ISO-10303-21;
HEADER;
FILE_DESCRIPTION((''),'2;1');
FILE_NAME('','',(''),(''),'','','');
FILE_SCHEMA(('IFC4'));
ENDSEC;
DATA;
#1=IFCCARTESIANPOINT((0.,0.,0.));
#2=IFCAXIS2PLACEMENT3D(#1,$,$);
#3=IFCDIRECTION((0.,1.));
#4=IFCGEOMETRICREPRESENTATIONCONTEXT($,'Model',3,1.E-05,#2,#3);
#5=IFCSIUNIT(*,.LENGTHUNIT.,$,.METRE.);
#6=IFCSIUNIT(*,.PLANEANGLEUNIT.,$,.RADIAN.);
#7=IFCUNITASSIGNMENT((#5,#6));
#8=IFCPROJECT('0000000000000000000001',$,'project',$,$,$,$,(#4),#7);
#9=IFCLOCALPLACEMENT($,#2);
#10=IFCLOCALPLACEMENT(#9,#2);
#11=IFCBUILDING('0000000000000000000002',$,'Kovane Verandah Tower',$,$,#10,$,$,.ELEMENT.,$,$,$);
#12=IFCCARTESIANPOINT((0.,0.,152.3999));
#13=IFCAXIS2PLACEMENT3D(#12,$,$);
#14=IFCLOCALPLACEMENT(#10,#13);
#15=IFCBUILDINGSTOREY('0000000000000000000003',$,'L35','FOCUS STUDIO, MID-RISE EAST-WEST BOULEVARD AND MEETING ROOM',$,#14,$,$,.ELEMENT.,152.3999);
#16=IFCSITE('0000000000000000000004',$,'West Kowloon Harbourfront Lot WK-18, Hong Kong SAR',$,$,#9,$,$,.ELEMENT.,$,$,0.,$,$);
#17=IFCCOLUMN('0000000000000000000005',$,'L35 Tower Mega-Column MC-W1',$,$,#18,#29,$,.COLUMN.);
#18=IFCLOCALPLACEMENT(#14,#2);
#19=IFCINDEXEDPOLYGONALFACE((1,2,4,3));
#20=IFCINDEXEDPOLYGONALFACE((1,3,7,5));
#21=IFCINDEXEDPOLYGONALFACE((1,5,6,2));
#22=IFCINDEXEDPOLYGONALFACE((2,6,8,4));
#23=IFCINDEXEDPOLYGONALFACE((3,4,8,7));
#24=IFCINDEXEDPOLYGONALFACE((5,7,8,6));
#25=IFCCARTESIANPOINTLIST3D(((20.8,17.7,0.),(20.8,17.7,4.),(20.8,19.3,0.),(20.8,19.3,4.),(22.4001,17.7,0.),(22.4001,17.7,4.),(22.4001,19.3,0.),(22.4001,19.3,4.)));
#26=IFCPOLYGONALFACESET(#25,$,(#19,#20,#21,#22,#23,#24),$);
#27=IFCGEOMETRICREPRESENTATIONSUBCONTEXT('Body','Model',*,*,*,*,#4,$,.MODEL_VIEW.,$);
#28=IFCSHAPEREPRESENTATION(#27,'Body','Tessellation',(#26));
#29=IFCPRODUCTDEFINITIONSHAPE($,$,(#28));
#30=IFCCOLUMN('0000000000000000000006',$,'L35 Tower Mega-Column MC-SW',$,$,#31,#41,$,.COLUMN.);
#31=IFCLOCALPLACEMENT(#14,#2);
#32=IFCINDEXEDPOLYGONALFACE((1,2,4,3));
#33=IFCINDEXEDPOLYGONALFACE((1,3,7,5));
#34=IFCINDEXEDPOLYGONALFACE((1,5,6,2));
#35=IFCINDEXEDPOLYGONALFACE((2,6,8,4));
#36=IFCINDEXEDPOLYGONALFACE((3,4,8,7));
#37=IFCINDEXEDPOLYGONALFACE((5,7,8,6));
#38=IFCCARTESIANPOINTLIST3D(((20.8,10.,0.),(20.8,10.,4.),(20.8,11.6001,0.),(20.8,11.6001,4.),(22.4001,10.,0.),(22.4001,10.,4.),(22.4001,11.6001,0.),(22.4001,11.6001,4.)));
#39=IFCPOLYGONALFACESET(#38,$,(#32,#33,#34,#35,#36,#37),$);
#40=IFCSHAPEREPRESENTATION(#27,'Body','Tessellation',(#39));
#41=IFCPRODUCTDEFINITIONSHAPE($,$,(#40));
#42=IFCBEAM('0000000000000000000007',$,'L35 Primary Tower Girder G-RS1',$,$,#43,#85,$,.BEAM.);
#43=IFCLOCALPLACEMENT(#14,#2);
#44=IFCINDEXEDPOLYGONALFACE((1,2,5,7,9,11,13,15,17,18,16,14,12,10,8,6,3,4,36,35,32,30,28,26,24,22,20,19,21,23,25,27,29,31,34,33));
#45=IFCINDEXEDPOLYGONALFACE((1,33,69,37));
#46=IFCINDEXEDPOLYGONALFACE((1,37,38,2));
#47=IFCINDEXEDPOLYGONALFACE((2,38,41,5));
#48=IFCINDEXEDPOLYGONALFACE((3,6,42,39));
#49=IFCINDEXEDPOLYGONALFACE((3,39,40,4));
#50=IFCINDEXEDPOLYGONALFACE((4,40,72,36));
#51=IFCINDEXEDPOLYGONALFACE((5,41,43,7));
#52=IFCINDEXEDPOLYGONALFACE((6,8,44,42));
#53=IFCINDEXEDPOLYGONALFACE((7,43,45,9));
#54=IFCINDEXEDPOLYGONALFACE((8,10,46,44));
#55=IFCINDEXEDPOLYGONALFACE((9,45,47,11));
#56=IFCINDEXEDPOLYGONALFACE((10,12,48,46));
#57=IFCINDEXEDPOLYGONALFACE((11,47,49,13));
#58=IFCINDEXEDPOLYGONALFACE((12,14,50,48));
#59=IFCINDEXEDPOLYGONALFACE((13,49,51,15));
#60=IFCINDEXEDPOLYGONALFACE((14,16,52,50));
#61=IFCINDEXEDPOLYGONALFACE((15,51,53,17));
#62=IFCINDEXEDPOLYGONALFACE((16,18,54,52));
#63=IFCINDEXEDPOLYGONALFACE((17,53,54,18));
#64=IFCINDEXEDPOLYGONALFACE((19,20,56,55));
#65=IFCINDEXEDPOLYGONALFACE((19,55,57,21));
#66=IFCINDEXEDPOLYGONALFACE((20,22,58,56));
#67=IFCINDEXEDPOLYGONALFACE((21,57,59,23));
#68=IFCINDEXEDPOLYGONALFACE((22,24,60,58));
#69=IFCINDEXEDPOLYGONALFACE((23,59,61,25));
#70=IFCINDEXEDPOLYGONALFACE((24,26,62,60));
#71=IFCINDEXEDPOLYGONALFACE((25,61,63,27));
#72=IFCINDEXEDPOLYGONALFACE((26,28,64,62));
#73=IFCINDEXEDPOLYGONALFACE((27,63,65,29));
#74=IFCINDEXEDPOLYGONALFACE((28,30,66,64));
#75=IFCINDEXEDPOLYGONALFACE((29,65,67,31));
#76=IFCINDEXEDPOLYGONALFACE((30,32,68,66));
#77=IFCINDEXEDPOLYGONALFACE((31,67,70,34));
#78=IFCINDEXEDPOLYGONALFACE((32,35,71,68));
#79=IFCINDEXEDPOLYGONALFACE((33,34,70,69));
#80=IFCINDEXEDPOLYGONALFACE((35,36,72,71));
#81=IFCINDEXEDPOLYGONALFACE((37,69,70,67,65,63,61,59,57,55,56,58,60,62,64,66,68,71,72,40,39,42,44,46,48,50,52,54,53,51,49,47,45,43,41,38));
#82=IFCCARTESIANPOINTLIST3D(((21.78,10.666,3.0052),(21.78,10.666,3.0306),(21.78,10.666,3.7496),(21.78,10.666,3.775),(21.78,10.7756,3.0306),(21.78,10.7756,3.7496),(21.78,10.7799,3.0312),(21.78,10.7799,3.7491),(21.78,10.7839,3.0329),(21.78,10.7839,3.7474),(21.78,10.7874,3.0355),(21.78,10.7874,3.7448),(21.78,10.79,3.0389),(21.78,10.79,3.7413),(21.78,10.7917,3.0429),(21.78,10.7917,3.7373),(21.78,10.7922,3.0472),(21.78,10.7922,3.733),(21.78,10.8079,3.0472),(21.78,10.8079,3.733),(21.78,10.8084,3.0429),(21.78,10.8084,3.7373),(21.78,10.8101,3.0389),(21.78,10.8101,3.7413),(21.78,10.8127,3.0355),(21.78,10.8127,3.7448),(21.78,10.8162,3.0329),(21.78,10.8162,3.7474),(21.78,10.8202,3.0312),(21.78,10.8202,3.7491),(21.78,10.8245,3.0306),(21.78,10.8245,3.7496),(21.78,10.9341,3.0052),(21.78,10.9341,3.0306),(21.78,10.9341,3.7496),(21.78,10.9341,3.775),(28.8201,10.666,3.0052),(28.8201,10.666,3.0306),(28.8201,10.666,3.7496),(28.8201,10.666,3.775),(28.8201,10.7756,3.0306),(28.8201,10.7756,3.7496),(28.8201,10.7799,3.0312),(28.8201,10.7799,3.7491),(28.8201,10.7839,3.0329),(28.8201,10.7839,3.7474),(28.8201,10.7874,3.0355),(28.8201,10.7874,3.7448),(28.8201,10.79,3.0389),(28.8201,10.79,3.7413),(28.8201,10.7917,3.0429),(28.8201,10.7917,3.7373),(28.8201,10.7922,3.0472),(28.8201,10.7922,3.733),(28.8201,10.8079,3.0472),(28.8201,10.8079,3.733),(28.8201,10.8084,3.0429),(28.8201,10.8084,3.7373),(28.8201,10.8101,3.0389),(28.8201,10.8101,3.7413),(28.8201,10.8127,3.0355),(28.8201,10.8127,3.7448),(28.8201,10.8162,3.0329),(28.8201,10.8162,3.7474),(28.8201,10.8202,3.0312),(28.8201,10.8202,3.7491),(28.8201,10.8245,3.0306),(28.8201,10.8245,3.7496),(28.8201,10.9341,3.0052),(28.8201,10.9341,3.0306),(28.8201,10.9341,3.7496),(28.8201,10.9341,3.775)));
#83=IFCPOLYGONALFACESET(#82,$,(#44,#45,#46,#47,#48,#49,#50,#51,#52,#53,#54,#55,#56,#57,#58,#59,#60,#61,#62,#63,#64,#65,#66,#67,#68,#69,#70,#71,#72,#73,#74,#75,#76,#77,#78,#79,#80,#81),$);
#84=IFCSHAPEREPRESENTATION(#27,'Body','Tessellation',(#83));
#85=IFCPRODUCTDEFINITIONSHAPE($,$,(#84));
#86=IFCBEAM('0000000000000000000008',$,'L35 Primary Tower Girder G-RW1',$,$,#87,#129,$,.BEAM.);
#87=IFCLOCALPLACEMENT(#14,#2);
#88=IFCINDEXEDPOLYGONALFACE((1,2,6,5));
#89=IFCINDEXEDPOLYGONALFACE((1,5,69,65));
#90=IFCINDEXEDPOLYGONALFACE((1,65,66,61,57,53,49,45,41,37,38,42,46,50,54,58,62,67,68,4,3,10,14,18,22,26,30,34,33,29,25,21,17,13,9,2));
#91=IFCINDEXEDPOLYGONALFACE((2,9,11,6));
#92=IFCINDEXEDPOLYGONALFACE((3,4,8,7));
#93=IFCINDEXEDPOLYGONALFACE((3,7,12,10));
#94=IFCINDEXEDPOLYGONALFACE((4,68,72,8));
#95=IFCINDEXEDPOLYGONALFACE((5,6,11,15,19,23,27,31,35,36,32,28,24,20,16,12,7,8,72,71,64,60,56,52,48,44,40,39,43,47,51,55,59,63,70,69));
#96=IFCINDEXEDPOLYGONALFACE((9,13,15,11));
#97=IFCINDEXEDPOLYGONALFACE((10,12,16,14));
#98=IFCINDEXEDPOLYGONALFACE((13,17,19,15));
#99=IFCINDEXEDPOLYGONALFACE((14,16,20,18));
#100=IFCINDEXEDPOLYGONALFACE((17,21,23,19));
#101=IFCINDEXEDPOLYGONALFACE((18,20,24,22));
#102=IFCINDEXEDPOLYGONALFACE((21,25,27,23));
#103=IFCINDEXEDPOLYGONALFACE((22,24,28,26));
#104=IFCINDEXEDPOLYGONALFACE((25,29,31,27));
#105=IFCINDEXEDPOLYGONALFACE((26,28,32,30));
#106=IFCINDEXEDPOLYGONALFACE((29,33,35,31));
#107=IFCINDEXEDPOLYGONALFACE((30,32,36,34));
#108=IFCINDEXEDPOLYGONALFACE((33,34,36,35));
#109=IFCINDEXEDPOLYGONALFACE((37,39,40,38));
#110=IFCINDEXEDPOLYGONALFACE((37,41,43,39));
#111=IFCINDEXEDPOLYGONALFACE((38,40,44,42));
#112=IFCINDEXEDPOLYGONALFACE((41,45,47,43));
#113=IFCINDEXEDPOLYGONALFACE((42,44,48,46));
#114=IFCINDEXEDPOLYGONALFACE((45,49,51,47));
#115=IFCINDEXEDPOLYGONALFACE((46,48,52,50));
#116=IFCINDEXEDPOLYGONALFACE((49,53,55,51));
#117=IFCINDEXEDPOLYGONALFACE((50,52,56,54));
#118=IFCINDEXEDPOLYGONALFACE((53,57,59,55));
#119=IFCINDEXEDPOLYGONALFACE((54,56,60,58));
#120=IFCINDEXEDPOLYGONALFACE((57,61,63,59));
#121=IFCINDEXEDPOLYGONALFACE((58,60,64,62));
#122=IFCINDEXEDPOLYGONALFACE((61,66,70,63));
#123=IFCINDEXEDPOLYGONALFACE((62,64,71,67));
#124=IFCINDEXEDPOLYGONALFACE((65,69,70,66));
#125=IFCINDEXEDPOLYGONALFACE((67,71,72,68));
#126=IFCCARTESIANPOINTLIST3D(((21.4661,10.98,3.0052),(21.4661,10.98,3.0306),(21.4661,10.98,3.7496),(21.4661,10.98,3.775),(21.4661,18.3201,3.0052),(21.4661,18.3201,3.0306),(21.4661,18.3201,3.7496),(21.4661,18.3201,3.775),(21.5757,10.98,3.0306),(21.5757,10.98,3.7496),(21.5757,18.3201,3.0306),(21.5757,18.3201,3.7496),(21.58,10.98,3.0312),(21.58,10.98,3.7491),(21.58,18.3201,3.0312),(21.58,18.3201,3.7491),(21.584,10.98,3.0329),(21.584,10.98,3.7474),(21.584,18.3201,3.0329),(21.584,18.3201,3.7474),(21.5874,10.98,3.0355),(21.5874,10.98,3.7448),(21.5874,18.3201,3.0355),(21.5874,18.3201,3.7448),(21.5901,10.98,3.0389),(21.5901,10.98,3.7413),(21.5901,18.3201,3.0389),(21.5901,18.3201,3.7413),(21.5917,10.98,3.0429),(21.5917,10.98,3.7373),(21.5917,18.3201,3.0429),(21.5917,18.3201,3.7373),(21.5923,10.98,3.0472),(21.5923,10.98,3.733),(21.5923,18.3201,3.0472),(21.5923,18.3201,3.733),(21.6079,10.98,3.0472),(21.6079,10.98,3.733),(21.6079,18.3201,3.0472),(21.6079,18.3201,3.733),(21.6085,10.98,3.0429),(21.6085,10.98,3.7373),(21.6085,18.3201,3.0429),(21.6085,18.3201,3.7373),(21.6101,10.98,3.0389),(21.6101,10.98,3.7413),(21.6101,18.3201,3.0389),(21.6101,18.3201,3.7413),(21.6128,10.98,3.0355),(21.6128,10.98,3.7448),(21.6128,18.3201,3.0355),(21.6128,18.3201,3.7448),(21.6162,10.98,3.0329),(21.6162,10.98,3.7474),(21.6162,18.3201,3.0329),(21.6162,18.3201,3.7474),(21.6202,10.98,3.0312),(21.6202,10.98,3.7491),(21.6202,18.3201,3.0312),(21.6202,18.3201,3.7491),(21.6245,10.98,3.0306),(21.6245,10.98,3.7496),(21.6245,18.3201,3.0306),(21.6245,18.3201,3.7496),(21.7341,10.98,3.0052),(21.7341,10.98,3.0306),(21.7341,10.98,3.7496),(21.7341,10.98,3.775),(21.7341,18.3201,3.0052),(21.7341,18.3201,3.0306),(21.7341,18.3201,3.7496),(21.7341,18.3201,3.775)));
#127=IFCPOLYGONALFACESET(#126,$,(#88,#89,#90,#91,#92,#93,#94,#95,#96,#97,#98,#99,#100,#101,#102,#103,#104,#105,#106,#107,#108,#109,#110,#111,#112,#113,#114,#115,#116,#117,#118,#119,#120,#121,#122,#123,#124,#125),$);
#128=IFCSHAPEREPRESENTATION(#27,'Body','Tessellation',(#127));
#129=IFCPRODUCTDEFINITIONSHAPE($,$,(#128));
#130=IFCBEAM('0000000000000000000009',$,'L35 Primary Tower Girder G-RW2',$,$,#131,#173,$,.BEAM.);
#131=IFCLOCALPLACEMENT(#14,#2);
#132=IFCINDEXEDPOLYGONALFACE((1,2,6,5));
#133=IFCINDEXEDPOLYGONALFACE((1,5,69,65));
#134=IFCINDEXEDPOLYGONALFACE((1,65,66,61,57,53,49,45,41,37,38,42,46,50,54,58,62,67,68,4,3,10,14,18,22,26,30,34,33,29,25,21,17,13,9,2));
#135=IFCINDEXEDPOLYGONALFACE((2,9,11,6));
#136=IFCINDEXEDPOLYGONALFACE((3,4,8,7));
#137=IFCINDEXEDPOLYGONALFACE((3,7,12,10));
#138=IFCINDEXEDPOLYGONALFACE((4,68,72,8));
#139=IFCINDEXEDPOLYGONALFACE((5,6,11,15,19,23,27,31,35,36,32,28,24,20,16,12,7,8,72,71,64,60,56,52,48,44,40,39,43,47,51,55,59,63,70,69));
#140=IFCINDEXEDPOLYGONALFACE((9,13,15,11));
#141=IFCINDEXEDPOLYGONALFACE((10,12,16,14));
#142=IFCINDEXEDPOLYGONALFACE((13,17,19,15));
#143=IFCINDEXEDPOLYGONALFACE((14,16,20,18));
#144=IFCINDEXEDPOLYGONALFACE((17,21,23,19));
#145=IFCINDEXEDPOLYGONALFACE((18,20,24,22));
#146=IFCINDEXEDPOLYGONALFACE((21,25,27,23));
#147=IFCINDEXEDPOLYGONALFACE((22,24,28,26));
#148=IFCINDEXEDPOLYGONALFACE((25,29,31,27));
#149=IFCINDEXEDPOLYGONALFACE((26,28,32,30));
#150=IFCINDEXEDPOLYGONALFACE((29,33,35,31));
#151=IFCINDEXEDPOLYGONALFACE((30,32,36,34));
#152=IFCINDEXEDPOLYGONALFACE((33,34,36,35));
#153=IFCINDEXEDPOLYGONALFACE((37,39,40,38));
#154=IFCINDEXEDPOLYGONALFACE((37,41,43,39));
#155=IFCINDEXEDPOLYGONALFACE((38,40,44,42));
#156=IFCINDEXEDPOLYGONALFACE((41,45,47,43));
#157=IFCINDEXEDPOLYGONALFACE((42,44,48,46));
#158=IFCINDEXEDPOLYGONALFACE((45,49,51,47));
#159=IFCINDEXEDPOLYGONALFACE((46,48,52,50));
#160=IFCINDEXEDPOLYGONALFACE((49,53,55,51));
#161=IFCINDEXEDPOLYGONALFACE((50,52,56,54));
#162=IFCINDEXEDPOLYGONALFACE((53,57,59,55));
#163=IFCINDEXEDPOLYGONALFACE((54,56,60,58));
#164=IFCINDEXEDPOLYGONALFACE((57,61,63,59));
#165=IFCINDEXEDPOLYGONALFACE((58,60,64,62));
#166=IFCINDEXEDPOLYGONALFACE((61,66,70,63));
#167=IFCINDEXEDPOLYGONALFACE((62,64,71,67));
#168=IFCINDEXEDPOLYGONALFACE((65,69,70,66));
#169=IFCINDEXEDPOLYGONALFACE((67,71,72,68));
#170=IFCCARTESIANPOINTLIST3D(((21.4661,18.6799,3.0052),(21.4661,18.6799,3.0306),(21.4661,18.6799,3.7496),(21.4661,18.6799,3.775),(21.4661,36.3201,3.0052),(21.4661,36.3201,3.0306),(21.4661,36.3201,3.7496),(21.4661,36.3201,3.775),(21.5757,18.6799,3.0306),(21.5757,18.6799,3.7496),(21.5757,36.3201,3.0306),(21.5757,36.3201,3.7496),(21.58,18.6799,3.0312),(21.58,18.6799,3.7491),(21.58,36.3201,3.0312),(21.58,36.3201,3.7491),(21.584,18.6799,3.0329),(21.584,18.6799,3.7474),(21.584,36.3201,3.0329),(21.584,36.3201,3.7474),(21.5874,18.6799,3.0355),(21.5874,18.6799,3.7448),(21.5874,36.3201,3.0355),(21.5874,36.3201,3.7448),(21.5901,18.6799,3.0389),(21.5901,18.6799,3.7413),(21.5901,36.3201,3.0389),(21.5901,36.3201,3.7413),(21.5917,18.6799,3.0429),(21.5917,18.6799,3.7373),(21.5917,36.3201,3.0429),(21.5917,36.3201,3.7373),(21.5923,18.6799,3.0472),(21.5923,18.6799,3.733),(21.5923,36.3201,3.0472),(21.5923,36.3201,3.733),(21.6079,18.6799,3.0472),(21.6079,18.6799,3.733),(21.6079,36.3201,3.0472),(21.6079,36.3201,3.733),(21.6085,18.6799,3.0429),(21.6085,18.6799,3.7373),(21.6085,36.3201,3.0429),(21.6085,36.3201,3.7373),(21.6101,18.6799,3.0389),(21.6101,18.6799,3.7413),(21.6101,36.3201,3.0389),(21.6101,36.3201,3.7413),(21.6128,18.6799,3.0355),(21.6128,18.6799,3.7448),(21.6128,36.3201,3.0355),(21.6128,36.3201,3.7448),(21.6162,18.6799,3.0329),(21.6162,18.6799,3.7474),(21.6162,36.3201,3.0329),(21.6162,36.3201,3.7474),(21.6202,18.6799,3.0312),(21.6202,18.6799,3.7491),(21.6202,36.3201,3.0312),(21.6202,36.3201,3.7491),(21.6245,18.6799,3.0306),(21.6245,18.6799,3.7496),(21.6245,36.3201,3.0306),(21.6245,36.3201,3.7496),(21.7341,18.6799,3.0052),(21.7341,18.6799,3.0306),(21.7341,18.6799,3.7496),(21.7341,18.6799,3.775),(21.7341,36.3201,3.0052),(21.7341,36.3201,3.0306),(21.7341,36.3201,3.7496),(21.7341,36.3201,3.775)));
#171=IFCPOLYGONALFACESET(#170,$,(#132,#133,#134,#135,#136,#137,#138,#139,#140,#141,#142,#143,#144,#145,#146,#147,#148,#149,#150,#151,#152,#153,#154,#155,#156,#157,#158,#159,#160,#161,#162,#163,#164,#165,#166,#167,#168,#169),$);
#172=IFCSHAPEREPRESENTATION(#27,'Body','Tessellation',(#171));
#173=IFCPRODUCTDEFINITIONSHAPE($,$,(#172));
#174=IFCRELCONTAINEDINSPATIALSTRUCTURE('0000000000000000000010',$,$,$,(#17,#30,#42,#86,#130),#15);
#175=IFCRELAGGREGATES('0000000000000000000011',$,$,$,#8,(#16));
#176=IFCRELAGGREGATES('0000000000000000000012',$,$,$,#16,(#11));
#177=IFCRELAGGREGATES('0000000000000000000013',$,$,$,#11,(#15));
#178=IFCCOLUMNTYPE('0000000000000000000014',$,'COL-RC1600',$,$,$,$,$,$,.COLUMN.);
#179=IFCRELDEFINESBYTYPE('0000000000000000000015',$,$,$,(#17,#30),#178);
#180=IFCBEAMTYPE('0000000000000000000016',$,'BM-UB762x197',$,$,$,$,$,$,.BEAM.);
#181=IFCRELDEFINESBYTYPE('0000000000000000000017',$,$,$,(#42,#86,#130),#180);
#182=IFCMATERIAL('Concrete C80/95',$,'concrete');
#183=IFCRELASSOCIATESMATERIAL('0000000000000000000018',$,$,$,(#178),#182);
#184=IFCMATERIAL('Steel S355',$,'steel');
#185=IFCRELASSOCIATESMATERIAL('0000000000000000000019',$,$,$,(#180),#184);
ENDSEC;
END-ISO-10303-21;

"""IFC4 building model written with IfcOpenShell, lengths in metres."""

from ifc_helpers import new_model, si_unit, direction, frame, origin, origin_2d, place, context, subcontext, project, spatial, rectangle, i_section, extrude, material, material_profile, profile_set, type_object, element, save


model = new_model("IFC4")

# Units and contexts
model_context = context("Model", 3, precision=1e-05, world=origin(), true_north=direction((0.0, 1.0)))
body_context = subcontext(model_context, "Body", "Model", "MODEL_VIEW")
ifc_project = project(units=[si_unit("LENGTHUNIT", "METRE"), si_unit("PLANEANGLEUNIT", "RADIAN")], contexts=[model_context])

# Site, building, storey
site_placement = place(None, origin())
site = spatial("IfcSite", under=ifc_project, at=site_placement, Name="West Kowloon Harbourfront Lot WK-18, Hong Kong SAR", CompositionType="ELEMENT", RefElevation=0.0)
building_placement = place(site_placement, origin())
building = spatial("IfcBuilding", under=site, at=building_placement, Name="Kovane Verandah Tower", CompositionType="ELEMENT")
storey_placement = place(building_placement, frame((0.0, 0.0, 152.3999)))
storey = spatial("IfcBuildingStorey", under=building, at=storey_placement, Name="L35", Description="FOCUS STUDIO, MID-RISE EAST-WEST BOULEVARD AND MEETING ROOM", CompositionType="ELEMENT", Elevation=152.3999)

# Columns
ifc_material_1 = material(Name="Concrete C80/95", Category="concrete")
ifc_material_profile_1 = material_profile(ifc_material_1, rectangle(XDim=1.6001, YDim=1.6001, at=origin_2d()), Name="RC1600x1600")
ifc_profile_set_1 = profile_set([ifc_material_profile_1], Name="Concrete C80/95")
column_type = type_object("IfcColumnType", Name="COL-RC1600", PredefinedType="COLUMN", material=ifc_profile_set_1)
for number, where, z_axis, x_axis, name in (
    (1, (21.6001, 18.5, 0.0), (0.0, 0.0, 1.0), (1.0, 0.0, 0.0), "L35 Tower Mega-Column MC-W1"),
    (2, (21.6001, 10.8, 0.0), (0.0, 0.0, 1.0), (1.0, 0.0, 0.0), "L35 Tower Mega-Column MC-SW"),
):
    element("IfcColumn", number, at=place(storey_placement, frame(where, z_axis=z_axis, x_axis=x_axis)), inside=storey, type_object=column_type, Name=name, PredefinedType="COLUMN", context=body_context, shape_type="SweptSolid", body=[
        extrude(rectangle(XDim=1.6001, YDim=1.6001, at=origin_2d()), origin(), (0.0, 0.0, 1.0), 4.0),
    ])

# Beams
ifc_material_2 = material(Name="Steel S355", Category="steel")
ifc_material_profile_2 = material_profile(ifc_material_2, i_section(OverallWidth=0.2681, OverallDepth=0.7698, WebThickness=0.0156, FlangeThickness=0.0254, FilletRadius=0.0166, at=origin_2d()), Name="UB762x267x197")
ifc_profile_set_2 = profile_set([ifc_material_profile_2], Name="Steel S355")
beam_type_1 = type_object("IfcBeamType", Name="BM-UB762x197", PredefinedType="BEAM", material=ifc_profile_set_2)
beam_1_placement = place(storey_placement, frame((21.78, 10.8, 3.3901), z_axis=(1.0, 0.0, 0.0), x_axis=(0.0, 1.0, 0.0)))
element("IfcBeam", 3, at=beam_1_placement, inside=storey, type_object=beam_type_1, Name="L35 Primary Tower Girder G-RS1", PredefinedType="BEAM", context=body_context, shape_type="SweptSolid", body=[
    extrude(i_section(OverallWidth=0.2681, OverallDepth=0.7698, WebThickness=0.0156, FlangeThickness=0.0254, FilletRadius=0.0166, at=origin_2d()), origin(), (0.0, 0.0, 1.0), 7.04),
])
beam_2_placement = place(storey_placement, frame((21.6001, 10.98, 3.3901), z_axis=(0.0, 1.0, 0.0), x_axis=(-1.0, 0.0, 0.0)))
element("IfcBeam", 4, at=beam_2_placement, inside=storey, type_object=beam_type_1, Name="L35 Primary Tower Girder G-RW1", PredefinedType="BEAM", context=body_context, shape_type="SweptSolid", body=[
    extrude(i_section(OverallWidth=0.2681, OverallDepth=0.7698, WebThickness=0.0156, FlangeThickness=0.0254, FilletRadius=0.0166, at=origin_2d()), origin(), (0.0, 0.0, 1.0), 7.3401),
])
beam_3_placement = place(storey_placement, frame((21.6001, 18.6799, 3.3901), z_axis=(0.0, 1.0, 0.0), x_axis=(-1.0, 0.0, 0.0)))
element("IfcBeam", 5, at=beam_3_placement, inside=storey, type_object=beam_type_1, Name="L35 Primary Tower Girder G-RW2", PredefinedType="BEAM", context=body_context, shape_type="SweptSolid", body=[
    extrude(i_section(OverallWidth=0.2681, OverallDepth=0.7698, WebThickness=0.0156, FlangeThickness=0.0254, FilletRadius=0.0166, at=origin_2d()), origin(), (0.0, 0.0, 1.0), 17.6401),
])

save(model, "model.ifc")
